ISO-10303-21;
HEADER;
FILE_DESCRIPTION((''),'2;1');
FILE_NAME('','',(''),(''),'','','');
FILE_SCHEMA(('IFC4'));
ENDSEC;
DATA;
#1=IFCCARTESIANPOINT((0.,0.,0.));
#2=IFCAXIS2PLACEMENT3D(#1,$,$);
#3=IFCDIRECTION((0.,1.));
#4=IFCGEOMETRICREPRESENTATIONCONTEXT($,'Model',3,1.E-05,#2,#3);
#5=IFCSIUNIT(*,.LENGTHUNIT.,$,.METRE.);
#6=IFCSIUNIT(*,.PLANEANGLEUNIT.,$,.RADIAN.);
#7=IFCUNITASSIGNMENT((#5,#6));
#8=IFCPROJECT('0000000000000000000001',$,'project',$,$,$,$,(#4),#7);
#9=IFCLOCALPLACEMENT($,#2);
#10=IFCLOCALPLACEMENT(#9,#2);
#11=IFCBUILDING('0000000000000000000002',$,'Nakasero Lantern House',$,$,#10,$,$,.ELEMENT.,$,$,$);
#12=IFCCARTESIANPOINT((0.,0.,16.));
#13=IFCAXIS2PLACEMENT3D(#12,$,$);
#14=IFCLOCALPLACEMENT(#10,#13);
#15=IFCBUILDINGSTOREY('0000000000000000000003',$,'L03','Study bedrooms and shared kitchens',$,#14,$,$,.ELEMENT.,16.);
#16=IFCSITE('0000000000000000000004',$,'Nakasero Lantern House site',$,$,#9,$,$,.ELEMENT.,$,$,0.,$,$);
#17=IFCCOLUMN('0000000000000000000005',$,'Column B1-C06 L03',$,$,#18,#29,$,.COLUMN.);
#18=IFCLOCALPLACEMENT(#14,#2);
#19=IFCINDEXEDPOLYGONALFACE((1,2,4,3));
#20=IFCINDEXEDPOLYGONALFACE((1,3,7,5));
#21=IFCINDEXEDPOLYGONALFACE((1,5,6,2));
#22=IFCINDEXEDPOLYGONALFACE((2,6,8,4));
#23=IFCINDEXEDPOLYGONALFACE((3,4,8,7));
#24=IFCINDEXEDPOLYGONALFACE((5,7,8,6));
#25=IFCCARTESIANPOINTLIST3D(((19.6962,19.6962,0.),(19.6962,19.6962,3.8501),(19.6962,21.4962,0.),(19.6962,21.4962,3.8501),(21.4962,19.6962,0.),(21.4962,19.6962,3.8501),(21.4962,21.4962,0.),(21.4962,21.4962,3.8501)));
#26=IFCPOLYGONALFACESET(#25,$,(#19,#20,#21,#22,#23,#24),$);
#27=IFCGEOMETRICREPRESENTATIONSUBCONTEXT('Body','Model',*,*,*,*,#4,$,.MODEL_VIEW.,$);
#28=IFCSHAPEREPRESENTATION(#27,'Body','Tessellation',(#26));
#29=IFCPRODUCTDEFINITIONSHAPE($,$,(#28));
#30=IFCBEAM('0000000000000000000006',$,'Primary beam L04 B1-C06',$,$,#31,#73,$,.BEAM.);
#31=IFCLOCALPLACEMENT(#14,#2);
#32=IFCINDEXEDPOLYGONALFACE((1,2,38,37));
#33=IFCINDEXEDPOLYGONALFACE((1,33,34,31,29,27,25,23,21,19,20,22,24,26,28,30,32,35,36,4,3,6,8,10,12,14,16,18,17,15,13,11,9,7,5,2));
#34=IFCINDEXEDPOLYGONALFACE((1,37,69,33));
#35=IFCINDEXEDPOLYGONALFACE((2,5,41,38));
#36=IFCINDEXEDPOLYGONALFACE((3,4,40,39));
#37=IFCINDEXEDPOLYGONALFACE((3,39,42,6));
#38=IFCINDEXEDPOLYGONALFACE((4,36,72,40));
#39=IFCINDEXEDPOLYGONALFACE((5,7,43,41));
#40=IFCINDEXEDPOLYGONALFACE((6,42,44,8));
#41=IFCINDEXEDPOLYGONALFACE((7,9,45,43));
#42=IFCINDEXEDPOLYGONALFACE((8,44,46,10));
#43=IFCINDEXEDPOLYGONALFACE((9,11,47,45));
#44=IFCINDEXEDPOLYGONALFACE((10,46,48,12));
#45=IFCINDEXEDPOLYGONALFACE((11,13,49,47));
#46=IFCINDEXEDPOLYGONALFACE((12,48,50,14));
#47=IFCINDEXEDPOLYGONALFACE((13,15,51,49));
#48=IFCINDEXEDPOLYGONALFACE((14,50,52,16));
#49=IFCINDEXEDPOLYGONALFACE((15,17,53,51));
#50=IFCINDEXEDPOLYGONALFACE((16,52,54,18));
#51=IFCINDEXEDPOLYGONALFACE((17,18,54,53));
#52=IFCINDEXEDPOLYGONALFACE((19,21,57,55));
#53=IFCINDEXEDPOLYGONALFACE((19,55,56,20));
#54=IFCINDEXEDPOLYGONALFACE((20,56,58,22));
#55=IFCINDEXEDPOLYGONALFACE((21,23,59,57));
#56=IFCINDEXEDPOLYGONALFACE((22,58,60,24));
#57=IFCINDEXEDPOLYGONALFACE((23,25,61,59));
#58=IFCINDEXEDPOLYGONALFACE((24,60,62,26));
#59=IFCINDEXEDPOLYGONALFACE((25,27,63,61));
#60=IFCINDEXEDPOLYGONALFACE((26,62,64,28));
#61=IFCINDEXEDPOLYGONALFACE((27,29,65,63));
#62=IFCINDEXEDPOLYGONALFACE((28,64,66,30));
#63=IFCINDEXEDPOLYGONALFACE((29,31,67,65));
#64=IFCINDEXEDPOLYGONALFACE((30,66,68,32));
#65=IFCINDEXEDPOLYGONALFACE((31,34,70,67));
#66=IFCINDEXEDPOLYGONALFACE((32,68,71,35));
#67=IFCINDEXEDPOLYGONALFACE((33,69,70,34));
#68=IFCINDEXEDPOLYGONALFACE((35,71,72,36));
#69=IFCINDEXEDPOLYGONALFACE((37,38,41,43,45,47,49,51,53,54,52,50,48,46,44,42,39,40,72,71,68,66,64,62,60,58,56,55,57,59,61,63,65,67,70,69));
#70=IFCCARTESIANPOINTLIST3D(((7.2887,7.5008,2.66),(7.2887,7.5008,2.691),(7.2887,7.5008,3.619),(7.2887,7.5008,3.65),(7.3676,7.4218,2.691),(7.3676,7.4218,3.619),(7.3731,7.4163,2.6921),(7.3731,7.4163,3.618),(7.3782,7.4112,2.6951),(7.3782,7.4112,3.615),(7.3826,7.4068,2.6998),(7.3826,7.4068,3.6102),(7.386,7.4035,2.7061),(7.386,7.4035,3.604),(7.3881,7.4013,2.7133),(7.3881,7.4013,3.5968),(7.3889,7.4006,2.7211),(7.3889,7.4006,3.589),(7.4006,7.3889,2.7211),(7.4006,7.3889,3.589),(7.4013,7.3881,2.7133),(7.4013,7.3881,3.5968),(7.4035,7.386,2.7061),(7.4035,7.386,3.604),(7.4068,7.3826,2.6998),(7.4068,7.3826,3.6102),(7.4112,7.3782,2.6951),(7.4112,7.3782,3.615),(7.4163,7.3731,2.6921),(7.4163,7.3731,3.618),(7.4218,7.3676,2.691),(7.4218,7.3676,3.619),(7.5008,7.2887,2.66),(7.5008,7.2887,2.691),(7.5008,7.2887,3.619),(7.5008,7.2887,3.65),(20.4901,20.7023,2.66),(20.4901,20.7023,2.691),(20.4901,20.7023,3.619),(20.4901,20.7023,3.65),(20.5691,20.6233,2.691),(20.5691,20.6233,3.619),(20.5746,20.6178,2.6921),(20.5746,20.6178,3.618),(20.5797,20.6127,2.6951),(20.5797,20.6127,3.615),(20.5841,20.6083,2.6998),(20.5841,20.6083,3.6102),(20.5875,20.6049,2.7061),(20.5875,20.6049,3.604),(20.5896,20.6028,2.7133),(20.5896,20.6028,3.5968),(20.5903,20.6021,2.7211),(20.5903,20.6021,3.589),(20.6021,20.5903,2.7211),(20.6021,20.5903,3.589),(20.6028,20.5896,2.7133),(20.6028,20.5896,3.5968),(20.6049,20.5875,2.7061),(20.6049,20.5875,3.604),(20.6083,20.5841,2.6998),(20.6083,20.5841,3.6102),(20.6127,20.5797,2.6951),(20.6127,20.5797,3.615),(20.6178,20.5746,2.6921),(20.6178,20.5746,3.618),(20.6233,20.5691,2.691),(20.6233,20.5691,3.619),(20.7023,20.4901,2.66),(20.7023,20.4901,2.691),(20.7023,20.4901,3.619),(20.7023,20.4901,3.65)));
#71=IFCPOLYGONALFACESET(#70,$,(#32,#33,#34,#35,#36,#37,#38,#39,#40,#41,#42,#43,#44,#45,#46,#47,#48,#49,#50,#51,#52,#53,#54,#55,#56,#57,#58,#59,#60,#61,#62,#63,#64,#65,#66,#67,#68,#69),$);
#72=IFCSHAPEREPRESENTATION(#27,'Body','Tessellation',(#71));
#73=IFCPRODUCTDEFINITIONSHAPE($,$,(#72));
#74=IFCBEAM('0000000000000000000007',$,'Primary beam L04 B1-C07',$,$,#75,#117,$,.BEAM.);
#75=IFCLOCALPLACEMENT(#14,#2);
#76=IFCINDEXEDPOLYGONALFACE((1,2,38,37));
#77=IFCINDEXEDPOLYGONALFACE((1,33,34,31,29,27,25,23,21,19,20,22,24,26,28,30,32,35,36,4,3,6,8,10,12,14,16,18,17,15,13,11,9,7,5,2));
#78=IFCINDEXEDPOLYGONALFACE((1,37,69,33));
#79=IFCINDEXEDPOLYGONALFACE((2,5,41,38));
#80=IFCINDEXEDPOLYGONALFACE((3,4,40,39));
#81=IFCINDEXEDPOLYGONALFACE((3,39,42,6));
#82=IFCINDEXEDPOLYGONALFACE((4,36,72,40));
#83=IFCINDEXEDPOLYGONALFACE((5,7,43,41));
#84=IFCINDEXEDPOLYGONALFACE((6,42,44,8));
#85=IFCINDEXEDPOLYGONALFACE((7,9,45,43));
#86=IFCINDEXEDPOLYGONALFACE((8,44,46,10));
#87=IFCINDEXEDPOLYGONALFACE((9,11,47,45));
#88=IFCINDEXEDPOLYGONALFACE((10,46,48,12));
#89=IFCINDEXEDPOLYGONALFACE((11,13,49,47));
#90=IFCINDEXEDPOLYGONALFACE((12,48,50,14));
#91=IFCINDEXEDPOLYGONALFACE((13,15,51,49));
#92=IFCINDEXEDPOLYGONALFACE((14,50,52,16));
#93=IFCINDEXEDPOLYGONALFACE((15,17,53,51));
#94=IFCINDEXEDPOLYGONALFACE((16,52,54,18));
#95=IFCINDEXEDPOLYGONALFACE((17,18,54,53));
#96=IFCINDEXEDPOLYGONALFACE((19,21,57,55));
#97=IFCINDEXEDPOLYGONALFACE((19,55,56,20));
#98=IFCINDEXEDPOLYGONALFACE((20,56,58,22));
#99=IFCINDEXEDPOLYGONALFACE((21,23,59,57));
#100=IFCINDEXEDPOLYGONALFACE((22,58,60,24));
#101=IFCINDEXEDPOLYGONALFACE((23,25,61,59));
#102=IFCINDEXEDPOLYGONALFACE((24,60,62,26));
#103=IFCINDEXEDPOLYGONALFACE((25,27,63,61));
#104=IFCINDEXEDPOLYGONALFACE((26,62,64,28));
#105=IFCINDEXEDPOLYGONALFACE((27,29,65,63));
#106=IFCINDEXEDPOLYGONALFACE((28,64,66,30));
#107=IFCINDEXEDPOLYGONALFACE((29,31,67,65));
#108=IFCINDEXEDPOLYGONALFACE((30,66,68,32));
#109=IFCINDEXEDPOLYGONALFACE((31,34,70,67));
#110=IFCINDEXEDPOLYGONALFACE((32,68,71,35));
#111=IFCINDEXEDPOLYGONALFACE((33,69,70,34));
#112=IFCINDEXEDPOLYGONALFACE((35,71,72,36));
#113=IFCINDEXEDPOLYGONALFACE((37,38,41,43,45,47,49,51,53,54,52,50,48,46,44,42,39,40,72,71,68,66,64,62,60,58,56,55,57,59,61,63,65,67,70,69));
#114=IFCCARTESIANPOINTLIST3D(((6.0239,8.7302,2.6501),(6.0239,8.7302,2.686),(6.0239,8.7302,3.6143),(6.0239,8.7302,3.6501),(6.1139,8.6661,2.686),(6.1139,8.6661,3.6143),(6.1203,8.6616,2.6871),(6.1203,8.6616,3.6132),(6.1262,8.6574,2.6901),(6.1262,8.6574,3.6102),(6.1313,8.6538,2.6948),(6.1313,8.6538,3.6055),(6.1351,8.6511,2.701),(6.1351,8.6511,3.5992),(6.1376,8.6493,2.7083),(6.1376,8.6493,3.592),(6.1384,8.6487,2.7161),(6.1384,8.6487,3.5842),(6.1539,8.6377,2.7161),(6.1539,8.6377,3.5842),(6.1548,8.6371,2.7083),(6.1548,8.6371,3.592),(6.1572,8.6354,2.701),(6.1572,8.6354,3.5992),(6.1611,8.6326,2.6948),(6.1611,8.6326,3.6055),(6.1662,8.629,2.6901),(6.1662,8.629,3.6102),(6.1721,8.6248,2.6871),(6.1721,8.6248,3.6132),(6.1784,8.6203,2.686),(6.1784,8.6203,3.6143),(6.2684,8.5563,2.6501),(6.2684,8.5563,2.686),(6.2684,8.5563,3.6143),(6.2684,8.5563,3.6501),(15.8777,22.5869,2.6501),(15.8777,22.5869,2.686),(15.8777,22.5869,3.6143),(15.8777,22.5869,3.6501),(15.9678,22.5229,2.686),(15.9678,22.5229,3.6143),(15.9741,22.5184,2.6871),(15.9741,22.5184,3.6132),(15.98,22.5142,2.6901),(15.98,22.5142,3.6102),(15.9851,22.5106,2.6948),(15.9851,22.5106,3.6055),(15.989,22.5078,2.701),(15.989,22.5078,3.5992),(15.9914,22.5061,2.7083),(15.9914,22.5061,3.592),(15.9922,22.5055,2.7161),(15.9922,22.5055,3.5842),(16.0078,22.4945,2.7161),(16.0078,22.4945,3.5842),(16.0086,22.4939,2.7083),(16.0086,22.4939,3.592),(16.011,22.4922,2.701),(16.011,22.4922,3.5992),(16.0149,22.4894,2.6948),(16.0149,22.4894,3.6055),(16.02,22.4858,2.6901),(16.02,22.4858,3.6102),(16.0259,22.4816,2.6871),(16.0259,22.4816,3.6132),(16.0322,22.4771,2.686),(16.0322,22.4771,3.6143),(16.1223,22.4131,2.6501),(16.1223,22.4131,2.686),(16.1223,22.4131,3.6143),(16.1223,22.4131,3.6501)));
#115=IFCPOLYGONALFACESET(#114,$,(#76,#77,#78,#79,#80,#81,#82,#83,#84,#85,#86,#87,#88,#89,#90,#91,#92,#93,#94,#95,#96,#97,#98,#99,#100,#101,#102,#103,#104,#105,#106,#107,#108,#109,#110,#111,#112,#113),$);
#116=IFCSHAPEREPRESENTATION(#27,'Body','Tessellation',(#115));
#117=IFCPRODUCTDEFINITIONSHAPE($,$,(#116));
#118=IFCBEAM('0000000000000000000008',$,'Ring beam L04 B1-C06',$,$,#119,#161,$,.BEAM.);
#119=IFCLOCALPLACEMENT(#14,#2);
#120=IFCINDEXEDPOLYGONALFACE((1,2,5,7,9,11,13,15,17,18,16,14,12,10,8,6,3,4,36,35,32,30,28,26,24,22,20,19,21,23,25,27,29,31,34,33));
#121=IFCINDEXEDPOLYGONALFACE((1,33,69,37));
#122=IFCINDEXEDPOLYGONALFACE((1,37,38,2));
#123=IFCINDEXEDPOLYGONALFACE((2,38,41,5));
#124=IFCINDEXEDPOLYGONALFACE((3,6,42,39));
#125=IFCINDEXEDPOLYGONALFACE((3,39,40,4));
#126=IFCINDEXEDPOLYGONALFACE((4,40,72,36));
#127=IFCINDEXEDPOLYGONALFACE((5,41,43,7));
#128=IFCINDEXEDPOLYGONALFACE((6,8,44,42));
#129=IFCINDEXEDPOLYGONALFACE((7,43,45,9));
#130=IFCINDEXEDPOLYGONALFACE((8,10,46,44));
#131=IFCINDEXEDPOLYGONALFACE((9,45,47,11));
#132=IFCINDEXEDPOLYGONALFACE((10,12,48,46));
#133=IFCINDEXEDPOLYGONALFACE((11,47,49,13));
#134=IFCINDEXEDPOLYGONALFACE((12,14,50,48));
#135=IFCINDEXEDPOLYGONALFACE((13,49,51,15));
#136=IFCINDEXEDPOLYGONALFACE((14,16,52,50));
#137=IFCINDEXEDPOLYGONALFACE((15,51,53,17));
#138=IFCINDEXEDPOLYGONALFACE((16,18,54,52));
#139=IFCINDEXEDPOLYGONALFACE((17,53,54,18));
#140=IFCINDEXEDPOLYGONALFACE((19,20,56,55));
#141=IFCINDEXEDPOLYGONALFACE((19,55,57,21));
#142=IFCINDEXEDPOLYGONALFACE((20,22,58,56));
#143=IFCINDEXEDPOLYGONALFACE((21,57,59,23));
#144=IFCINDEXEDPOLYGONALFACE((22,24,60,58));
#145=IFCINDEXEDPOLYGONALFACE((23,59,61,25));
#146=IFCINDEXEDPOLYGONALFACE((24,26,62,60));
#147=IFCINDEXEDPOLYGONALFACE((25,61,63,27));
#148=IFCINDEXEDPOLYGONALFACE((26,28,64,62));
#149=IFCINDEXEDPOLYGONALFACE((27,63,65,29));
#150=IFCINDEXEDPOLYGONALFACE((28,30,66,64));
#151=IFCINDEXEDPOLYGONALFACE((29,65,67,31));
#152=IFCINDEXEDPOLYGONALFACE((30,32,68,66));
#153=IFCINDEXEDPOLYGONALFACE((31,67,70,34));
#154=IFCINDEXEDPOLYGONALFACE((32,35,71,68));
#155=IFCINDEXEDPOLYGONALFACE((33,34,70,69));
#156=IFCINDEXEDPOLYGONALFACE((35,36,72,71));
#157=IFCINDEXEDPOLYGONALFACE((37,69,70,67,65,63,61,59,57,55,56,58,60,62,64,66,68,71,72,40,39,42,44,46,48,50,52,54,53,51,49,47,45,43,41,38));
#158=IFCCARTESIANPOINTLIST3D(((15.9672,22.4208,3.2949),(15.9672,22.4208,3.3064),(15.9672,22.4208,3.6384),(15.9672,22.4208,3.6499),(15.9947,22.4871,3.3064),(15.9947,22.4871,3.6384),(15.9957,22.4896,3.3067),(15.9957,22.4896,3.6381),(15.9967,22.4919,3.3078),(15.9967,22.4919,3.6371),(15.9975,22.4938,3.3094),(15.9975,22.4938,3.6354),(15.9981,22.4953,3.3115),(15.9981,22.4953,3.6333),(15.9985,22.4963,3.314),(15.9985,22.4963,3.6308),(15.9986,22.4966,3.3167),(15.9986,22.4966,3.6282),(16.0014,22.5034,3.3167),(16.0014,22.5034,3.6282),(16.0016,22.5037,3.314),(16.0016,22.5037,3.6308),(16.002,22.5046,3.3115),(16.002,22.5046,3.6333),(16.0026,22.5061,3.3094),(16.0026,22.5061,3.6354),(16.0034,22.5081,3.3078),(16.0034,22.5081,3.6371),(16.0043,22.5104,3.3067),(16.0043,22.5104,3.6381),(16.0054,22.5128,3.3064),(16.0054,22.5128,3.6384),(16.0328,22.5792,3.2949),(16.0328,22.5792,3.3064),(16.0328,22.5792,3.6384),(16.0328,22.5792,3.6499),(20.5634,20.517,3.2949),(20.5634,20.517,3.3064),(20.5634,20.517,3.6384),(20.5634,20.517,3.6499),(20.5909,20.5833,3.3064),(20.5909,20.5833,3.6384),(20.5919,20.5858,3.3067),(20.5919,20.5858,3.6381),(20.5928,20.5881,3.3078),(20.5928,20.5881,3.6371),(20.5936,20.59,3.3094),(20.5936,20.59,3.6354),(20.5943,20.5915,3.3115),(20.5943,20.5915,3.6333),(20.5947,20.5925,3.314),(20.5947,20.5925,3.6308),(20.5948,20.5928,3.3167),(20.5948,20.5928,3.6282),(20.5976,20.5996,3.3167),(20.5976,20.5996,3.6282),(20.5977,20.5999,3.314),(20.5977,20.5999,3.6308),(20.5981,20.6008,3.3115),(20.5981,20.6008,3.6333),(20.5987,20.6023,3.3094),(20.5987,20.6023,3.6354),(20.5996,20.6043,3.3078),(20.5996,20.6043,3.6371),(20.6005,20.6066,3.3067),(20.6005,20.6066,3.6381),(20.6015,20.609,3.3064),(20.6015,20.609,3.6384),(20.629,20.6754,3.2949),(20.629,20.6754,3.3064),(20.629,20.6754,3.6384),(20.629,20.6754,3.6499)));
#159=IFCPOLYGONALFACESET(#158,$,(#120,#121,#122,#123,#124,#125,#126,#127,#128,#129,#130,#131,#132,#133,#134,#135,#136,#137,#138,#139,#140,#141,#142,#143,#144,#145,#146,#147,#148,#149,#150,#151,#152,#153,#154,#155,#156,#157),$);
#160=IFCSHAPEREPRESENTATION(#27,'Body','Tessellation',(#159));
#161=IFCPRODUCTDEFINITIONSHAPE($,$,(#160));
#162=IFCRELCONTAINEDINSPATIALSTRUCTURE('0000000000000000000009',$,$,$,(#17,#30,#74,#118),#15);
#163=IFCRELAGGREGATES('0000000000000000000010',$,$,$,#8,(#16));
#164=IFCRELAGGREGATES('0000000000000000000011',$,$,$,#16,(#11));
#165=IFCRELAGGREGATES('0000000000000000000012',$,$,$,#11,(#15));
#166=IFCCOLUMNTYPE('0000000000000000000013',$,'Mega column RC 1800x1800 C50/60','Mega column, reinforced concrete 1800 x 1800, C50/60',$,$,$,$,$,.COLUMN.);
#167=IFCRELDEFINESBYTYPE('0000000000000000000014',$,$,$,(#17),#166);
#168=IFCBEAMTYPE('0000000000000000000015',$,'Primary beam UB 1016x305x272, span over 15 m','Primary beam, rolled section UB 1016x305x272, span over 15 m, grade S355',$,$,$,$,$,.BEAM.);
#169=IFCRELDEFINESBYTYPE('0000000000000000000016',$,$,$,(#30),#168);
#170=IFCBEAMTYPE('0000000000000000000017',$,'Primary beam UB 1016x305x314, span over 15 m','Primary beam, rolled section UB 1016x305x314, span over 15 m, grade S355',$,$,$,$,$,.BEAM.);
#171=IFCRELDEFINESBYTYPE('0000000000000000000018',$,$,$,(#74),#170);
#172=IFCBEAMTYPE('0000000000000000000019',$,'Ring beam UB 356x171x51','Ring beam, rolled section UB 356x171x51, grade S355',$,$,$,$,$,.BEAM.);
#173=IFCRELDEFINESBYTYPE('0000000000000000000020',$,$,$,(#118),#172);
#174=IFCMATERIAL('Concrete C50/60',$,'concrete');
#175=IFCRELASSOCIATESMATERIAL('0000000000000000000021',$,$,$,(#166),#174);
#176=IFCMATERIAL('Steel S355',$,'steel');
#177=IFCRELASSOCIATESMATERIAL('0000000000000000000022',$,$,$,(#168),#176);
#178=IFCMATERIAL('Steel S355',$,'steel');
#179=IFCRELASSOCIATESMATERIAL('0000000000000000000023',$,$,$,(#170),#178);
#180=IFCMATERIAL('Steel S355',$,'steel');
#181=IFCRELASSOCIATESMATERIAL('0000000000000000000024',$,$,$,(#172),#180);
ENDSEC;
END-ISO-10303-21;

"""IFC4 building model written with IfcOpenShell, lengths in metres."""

from ifc_helpers import new_model, si_unit, direction, frame, origin, origin_2d, place, context, subcontext, project, spatial, rectangle, i_section, extrude, material, material_profile, profile_set, type_object, element, save


model = new_model("IFC4")

# Units and contexts
model_context = context("Model", 3, precision=1e-05, world=origin(), true_north=direction((0.0, 1.0)))
body_context = subcontext(model_context, "Body", "Model", "MODEL_VIEW")
ifc_project = project(units=[si_unit("LENGTHUNIT", "METRE"), si_unit("PLANEANGLEUNIT", "RADIAN")], contexts=[model_context])

# Site, building, storey
site_placement = place(None, origin())
site = spatial("IfcSite", under=ifc_project, at=site_placement, Name="Nakasero Lantern House site", CompositionType="ELEMENT", RefElevation=0.0)
building_placement = place(site_placement, origin())
building = spatial("IfcBuilding", under=site, at=building_placement, Name="Nakasero Lantern House", CompositionType="ELEMENT")
storey_placement = place(building_placement, frame((0.0, 0.0, 16.0)))
storey = spatial("IfcBuildingStorey", under=building, at=storey_placement, Name="L03", Description="Study bedrooms and shared kitchens", CompositionType="ELEMENT", Elevation=16.0)

# Column
ifc_material_1 = material(Name="Concrete C50/60", Category="concrete")
ifc_material_profile_1 = material_profile(ifc_material_1, rectangle(XDim=1.8, YDim=1.8, at=origin_2d()), Name="RC 1800x1800")
ifc_profile_set_1 = profile_set([ifc_material_profile_1], Name="Concrete C50/60")
column_type = type_object("IfcColumnType", Name="Mega column RC 1800x1800 C50/60", Description="Mega column, reinforced concrete 1800 x 1800, C50/60", PredefinedType="COLUMN", material=ifc_profile_set_1)
column_placement = place(storey_placement, frame((20.5962, 20.5962, 0.0), z_axis=(0.0, 0.0, 1.0), x_axis=(1.0, 0.0, 0.0)))
element("IfcColumn", 1, at=column_placement, inside=storey, type_object=column_type, Name="Column B1-C06 L03", PredefinedType="COLUMN", context=body_context, shape_type="SweptSolid", body=[
    extrude(rectangle(XDim=1.8, YDim=1.8, at=origin_2d()), origin(), (0.0, 0.0, 1.0), 3.8501),
])

# Beams
ifc_material_2 = material(Name="Steel S355", Category="steel")
ifc_material_profile_2 = material_profile(ifc_material_2, i_section(OverallWidth=0.3, OverallDepth=0.99, WebThickness=0.0166, FlangeThickness=0.031, FilletRadius=0.03, at=origin_2d()), Name="UB 1016x305x272")
ifc_profile_set_2 = profile_set([ifc_material_profile_2], Name="Steel S355")
beam_type_1 = type_object("IfcBeamType", Name="Primary beam UB 1016x305x272, span over 15 m", Description="Primary beam, rolled section UB 1016x305x272, span over 15 m, grade S355", PredefinedType="BEAM", material=ifc_profile_set_2)
beam_1_placement = place(storey_placement, frame((20.5962, 20.5962, 3.155), z_axis=(-0.707107, -0.707107, 0.0), x_axis=(0.707107, -0.707107, 0.0)))
element("IfcBeam", 2, at=beam_1_placement, inside=storey, type_object=beam_type_1, Name="Primary beam L04 B1-C06", PredefinedType="BEAM", context=body_context, shape_type="SweptSolid", body=[
    extrude(i_section(OverallWidth=0.3, OverallDepth=0.99, WebThickness=0.0166, FlangeThickness=0.031, FilletRadius=0.03, at=origin_2d()), origin(), (0.0, 0.0, 1.0), 18.6697),
])
ifc_material_3 = material(Name="Steel S355", Category="steel")
ifc_material_profile_3 = material_profile(ifc_material_3, i_section(OverallWidth=0.3, OverallDepth=1.0, WebThickness=0.019, FlangeThickness=0.0359, FilletRadius=0.03, at=origin_2d()), Name="UB 1016x305x314")
ifc_profile_set_3 = profile_set([ifc_material_profile_3], Name="Steel S355")
beam_type_2 = type_object("IfcBeamType", Name="Primary beam UB 1016x305x314, span over 15 m", Description="Primary beam, rolled section UB 1016x305x314, span over 15 m, grade S355", PredefinedType="BEAM", material=ifc_profile_set_3)
beam_2_placement = place(storey_placement, frame((16.0, 22.5, 3.1501), z_axis=(-0.579528, -0.814952, 0.0), x_axis=(0.814952, -0.579528, 0.0)))
element("IfcBeam", 3, at=beam_2_placement, inside=storey, type_object=beam_type_2, Name="Primary beam L04 B1-C07", PredefinedType="BEAM", context=body_context, shape_type="SweptSolid", body=[
    extrude(i_section(OverallWidth=0.3, OverallDepth=1.0, WebThickness=0.019, FlangeThickness=0.0359, FilletRadius=0.03, at=origin_2d()), origin(), (0.0, 0.0, 1.0), 17.0032),
])
ifc_material_4 = material(Name="Steel S355", Category="steel")
ifc_material_profile_4 = material_profile(ifc_material_4, i_section(OverallWidth=0.1714, OverallDepth=0.355, WebThickness=0.0073, FlangeThickness=0.0115, FilletRadius=0.0103, at=origin_2d()), Name="UB 356x171x51")
ifc_profile_set_4 = profile_set([ifc_material_profile_4], Name="Steel S355")
beam_type_3 = type_object("IfcBeamType", Name="Ring beam UB 356x171x51", Description="Ring beam, rolled section UB 356x171x51, grade S355", PredefinedType="BEAM", material=ifc_profile_set_4)
beam_3_placement = place(storey_placement, frame((20.5962, 20.5962, 3.4724), z_axis=(-0.923879, 0.382684, 0.0), x_axis=(-0.382684, -0.923879, 0.0)))
element("IfcBeam", 4, at=beam_3_placement, inside=storey, type_object=beam_type_3, Name="Ring beam L04 B1-C06", PredefinedType="BEAM", context=body_context, shape_type="SweptSolid", body=[
    extrude(i_section(OverallWidth=0.1714, OverallDepth=0.355, WebThickness=0.0073, FlangeThickness=0.0115, FilletRadius=0.0103, at=origin_2d()), origin(), (0.0, 0.0, 1.0), 4.9749),
])

save(model, "model.ifc")
